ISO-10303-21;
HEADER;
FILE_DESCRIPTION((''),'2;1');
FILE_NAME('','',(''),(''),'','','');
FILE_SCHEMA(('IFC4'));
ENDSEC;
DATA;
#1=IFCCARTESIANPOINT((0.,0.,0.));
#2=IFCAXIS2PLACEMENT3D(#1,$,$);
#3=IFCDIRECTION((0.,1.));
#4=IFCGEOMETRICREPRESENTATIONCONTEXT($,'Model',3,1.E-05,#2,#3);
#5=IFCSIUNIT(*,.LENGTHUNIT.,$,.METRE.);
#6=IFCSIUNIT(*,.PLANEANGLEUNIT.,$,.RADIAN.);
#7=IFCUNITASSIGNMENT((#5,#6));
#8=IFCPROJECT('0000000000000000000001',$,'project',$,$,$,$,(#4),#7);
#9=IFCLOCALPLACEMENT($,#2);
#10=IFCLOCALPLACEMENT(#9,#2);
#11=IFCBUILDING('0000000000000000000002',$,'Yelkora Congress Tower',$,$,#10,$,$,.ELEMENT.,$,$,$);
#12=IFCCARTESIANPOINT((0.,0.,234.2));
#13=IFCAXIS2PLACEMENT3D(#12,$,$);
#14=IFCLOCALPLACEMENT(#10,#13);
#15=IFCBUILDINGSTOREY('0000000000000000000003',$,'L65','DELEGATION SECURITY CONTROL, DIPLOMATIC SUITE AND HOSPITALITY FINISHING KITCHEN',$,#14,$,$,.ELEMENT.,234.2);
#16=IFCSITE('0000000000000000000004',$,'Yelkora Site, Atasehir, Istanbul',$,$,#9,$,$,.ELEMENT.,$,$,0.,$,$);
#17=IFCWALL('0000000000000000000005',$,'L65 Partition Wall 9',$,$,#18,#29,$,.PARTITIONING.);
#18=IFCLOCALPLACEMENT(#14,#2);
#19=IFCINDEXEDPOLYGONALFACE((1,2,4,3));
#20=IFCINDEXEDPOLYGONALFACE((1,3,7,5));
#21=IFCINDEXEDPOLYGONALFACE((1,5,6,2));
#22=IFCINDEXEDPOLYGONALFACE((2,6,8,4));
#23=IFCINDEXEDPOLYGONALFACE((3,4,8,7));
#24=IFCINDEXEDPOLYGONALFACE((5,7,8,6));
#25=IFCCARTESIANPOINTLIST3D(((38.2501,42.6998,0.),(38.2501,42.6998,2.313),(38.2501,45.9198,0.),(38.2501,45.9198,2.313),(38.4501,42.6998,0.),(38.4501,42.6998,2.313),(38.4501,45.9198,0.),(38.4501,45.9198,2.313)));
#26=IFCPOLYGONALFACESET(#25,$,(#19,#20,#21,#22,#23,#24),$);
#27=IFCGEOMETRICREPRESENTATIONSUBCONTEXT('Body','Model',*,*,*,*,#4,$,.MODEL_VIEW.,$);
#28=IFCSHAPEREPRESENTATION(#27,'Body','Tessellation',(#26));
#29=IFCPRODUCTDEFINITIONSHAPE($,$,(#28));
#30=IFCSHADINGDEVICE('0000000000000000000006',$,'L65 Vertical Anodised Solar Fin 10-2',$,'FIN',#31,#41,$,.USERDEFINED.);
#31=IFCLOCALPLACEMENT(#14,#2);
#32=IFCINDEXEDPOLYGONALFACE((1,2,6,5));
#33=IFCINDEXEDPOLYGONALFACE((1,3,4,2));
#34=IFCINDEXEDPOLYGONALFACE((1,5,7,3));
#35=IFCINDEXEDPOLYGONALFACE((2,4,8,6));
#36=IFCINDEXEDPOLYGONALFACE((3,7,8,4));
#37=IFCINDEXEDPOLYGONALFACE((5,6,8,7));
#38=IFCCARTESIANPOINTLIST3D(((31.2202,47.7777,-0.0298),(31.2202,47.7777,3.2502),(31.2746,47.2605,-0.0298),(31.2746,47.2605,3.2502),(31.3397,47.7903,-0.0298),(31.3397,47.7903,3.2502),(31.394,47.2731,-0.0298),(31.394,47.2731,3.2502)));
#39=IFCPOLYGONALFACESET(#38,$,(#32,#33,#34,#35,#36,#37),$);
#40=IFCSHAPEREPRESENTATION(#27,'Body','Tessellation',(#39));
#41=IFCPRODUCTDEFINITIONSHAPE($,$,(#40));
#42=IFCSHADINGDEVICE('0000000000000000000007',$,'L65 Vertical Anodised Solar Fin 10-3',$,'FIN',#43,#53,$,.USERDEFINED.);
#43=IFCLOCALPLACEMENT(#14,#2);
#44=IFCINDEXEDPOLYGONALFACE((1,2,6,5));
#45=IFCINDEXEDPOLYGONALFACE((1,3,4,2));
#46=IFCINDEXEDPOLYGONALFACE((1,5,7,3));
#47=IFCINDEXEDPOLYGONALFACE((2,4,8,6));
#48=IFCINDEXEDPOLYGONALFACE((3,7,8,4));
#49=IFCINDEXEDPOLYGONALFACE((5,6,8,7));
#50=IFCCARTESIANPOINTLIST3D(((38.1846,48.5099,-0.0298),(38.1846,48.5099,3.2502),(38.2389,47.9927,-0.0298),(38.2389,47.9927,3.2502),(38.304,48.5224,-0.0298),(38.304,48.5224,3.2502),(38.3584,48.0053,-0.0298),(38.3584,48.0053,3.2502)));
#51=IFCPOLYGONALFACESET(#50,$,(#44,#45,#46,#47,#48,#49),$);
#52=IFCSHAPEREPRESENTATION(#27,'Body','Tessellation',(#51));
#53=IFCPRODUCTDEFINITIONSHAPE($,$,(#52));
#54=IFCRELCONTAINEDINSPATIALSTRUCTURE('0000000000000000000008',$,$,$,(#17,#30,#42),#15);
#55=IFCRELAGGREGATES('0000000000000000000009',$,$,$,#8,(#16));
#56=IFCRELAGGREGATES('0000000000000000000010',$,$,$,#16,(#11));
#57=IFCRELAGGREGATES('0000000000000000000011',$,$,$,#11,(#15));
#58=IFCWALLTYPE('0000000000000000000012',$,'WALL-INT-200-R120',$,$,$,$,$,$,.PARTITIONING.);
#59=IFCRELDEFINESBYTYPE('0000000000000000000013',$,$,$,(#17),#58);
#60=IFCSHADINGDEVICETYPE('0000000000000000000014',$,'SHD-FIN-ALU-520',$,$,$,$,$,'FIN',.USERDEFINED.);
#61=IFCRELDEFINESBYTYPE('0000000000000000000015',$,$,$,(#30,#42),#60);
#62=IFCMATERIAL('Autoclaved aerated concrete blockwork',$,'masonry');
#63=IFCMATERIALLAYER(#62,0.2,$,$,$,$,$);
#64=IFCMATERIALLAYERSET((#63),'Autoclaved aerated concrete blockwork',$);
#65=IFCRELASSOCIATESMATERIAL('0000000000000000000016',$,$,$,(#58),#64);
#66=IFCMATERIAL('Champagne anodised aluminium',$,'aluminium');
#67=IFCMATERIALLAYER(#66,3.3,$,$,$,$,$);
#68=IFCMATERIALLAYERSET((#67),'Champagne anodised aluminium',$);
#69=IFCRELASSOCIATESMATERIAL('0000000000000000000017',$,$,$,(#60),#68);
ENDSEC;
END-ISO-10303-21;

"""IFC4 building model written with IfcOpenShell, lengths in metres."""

from ifc_helpers import new_model, si_unit, direction, frame, frame_2d, origin, origin_2d, place, context, subcontext, project, spatial, rectangle, extrude, material, layer, layer_set, type_object, element, save


model = new_model("IFC4")

# Units and contexts
model_context = context("Model", 3, precision=1e-05, world=origin(), true_north=direction((0.0, 1.0)))
body_context = subcontext(model_context, "Body", "Model", "MODEL_VIEW")
ifc_project = project(units=[si_unit("LENGTHUNIT", "METRE"), si_unit("PLANEANGLEUNIT", "RADIAN")], contexts=[model_context])

# Site, building, storey
site_placement = place(None, origin())
site = spatial("IfcSite", under=ifc_project, at=site_placement, Name="Yelkora Site, Atasehir, Istanbul", CompositionType="ELEMENT", RefElevation=0.0)
building_placement = place(site_placement, origin())
building = spatial("IfcBuilding", under=site, at=building_placement, Name="Yelkora Congress Tower", CompositionType="ELEMENT")
storey_placement = place(building_placement, frame((0.0, 0.0, 234.2)))
storey = spatial("IfcBuildingStorey", under=building, at=storey_placement, Name="L65", Description="DELEGATION SECURITY CONTROL, DIPLOMATIC SUITE AND HOSPITALITY FINISHING KITCHEN", CompositionType="ELEMENT", Elevation=234.2)

# Shared definitions
ifc_material_1 = material(Name="Autoclaved aerated concrete blockwork", Category="masonry")
ifc_layer_1 = layer(ifc_material_1, 0.2)
ifc_layer_set_1 = layer_set([ifc_layer_1], Name="Autoclaved aerated concrete blockwork")
wall_type_1 = type_object("IfcWallType", Name="WALL-INT-200-R120", PredefinedType="PARTITIONING", material=ifc_layer_set_1)

# Wall
wall_1_placement = place(storey_placement, frame((38.3501, 42.7, 0.0), z_axis=(0.0, 0.0, 1.0), x_axis=(0.0, 1.0, 0.0)))
element("IfcWall", 1, at=wall_1_placement, inside=storey, type_object=wall_type_1, Name="L65 Partition Wall 9", PredefinedType="PARTITIONING", context=body_context, shape_type="SweptSolid", body=[
    extrude(rectangle(XDim=3.22, YDim=0.2, at=frame_2d((1.6099, 0.0))), origin(), (0.0, 0.0, 1.0), 2.313),
])

# Shading devices
ifc_material_2 = material(Name="Champagne anodised aluminium", Category="aluminium")
ifc_layer_2 = layer(ifc_material_2, 3.3)
ifc_layer_set_2 = layer_set([ifc_layer_2], Name="Champagne anodised aluminium")
shading_device_type = type_object("IfcShadingDeviceType", Name="SHD-FIN-ALU-520", ElementType="FIN", PredefinedType="USERDEFINED", material=ifc_layer_set_2)
for number, where, z_axis, x_axis, name in (
    (2, (31.3071, 47.5254, -0.0298), (0.0, 0.0, 1.0), (0.994522, 0.104528, 0.0), "L65 Vertical Anodised Solar Fin 10-2"),
    (3, (38.2715, 48.2576, -0.0298), (0.0, 0.0, 1.0), (0.994522, 0.104528, 0.0), "L65 Vertical Anodised Solar Fin 10-3"),
):
    element("IfcShadingDevice", number, at=place(storey_placement, frame(where, z_axis=z_axis, x_axis=x_axis)), inside=storey, type_object=shading_device_type, Name=name, ObjectType="FIN", PredefinedType="USERDEFINED", context=body_context, shape_type="SweptSolid", body=[
        extrude(rectangle(XDim=0.1201, YDim=0.52, at=origin_2d()), origin(), (0.0, 0.0, 1.0), 3.28),
    ])

save(model, "model.ifc")
